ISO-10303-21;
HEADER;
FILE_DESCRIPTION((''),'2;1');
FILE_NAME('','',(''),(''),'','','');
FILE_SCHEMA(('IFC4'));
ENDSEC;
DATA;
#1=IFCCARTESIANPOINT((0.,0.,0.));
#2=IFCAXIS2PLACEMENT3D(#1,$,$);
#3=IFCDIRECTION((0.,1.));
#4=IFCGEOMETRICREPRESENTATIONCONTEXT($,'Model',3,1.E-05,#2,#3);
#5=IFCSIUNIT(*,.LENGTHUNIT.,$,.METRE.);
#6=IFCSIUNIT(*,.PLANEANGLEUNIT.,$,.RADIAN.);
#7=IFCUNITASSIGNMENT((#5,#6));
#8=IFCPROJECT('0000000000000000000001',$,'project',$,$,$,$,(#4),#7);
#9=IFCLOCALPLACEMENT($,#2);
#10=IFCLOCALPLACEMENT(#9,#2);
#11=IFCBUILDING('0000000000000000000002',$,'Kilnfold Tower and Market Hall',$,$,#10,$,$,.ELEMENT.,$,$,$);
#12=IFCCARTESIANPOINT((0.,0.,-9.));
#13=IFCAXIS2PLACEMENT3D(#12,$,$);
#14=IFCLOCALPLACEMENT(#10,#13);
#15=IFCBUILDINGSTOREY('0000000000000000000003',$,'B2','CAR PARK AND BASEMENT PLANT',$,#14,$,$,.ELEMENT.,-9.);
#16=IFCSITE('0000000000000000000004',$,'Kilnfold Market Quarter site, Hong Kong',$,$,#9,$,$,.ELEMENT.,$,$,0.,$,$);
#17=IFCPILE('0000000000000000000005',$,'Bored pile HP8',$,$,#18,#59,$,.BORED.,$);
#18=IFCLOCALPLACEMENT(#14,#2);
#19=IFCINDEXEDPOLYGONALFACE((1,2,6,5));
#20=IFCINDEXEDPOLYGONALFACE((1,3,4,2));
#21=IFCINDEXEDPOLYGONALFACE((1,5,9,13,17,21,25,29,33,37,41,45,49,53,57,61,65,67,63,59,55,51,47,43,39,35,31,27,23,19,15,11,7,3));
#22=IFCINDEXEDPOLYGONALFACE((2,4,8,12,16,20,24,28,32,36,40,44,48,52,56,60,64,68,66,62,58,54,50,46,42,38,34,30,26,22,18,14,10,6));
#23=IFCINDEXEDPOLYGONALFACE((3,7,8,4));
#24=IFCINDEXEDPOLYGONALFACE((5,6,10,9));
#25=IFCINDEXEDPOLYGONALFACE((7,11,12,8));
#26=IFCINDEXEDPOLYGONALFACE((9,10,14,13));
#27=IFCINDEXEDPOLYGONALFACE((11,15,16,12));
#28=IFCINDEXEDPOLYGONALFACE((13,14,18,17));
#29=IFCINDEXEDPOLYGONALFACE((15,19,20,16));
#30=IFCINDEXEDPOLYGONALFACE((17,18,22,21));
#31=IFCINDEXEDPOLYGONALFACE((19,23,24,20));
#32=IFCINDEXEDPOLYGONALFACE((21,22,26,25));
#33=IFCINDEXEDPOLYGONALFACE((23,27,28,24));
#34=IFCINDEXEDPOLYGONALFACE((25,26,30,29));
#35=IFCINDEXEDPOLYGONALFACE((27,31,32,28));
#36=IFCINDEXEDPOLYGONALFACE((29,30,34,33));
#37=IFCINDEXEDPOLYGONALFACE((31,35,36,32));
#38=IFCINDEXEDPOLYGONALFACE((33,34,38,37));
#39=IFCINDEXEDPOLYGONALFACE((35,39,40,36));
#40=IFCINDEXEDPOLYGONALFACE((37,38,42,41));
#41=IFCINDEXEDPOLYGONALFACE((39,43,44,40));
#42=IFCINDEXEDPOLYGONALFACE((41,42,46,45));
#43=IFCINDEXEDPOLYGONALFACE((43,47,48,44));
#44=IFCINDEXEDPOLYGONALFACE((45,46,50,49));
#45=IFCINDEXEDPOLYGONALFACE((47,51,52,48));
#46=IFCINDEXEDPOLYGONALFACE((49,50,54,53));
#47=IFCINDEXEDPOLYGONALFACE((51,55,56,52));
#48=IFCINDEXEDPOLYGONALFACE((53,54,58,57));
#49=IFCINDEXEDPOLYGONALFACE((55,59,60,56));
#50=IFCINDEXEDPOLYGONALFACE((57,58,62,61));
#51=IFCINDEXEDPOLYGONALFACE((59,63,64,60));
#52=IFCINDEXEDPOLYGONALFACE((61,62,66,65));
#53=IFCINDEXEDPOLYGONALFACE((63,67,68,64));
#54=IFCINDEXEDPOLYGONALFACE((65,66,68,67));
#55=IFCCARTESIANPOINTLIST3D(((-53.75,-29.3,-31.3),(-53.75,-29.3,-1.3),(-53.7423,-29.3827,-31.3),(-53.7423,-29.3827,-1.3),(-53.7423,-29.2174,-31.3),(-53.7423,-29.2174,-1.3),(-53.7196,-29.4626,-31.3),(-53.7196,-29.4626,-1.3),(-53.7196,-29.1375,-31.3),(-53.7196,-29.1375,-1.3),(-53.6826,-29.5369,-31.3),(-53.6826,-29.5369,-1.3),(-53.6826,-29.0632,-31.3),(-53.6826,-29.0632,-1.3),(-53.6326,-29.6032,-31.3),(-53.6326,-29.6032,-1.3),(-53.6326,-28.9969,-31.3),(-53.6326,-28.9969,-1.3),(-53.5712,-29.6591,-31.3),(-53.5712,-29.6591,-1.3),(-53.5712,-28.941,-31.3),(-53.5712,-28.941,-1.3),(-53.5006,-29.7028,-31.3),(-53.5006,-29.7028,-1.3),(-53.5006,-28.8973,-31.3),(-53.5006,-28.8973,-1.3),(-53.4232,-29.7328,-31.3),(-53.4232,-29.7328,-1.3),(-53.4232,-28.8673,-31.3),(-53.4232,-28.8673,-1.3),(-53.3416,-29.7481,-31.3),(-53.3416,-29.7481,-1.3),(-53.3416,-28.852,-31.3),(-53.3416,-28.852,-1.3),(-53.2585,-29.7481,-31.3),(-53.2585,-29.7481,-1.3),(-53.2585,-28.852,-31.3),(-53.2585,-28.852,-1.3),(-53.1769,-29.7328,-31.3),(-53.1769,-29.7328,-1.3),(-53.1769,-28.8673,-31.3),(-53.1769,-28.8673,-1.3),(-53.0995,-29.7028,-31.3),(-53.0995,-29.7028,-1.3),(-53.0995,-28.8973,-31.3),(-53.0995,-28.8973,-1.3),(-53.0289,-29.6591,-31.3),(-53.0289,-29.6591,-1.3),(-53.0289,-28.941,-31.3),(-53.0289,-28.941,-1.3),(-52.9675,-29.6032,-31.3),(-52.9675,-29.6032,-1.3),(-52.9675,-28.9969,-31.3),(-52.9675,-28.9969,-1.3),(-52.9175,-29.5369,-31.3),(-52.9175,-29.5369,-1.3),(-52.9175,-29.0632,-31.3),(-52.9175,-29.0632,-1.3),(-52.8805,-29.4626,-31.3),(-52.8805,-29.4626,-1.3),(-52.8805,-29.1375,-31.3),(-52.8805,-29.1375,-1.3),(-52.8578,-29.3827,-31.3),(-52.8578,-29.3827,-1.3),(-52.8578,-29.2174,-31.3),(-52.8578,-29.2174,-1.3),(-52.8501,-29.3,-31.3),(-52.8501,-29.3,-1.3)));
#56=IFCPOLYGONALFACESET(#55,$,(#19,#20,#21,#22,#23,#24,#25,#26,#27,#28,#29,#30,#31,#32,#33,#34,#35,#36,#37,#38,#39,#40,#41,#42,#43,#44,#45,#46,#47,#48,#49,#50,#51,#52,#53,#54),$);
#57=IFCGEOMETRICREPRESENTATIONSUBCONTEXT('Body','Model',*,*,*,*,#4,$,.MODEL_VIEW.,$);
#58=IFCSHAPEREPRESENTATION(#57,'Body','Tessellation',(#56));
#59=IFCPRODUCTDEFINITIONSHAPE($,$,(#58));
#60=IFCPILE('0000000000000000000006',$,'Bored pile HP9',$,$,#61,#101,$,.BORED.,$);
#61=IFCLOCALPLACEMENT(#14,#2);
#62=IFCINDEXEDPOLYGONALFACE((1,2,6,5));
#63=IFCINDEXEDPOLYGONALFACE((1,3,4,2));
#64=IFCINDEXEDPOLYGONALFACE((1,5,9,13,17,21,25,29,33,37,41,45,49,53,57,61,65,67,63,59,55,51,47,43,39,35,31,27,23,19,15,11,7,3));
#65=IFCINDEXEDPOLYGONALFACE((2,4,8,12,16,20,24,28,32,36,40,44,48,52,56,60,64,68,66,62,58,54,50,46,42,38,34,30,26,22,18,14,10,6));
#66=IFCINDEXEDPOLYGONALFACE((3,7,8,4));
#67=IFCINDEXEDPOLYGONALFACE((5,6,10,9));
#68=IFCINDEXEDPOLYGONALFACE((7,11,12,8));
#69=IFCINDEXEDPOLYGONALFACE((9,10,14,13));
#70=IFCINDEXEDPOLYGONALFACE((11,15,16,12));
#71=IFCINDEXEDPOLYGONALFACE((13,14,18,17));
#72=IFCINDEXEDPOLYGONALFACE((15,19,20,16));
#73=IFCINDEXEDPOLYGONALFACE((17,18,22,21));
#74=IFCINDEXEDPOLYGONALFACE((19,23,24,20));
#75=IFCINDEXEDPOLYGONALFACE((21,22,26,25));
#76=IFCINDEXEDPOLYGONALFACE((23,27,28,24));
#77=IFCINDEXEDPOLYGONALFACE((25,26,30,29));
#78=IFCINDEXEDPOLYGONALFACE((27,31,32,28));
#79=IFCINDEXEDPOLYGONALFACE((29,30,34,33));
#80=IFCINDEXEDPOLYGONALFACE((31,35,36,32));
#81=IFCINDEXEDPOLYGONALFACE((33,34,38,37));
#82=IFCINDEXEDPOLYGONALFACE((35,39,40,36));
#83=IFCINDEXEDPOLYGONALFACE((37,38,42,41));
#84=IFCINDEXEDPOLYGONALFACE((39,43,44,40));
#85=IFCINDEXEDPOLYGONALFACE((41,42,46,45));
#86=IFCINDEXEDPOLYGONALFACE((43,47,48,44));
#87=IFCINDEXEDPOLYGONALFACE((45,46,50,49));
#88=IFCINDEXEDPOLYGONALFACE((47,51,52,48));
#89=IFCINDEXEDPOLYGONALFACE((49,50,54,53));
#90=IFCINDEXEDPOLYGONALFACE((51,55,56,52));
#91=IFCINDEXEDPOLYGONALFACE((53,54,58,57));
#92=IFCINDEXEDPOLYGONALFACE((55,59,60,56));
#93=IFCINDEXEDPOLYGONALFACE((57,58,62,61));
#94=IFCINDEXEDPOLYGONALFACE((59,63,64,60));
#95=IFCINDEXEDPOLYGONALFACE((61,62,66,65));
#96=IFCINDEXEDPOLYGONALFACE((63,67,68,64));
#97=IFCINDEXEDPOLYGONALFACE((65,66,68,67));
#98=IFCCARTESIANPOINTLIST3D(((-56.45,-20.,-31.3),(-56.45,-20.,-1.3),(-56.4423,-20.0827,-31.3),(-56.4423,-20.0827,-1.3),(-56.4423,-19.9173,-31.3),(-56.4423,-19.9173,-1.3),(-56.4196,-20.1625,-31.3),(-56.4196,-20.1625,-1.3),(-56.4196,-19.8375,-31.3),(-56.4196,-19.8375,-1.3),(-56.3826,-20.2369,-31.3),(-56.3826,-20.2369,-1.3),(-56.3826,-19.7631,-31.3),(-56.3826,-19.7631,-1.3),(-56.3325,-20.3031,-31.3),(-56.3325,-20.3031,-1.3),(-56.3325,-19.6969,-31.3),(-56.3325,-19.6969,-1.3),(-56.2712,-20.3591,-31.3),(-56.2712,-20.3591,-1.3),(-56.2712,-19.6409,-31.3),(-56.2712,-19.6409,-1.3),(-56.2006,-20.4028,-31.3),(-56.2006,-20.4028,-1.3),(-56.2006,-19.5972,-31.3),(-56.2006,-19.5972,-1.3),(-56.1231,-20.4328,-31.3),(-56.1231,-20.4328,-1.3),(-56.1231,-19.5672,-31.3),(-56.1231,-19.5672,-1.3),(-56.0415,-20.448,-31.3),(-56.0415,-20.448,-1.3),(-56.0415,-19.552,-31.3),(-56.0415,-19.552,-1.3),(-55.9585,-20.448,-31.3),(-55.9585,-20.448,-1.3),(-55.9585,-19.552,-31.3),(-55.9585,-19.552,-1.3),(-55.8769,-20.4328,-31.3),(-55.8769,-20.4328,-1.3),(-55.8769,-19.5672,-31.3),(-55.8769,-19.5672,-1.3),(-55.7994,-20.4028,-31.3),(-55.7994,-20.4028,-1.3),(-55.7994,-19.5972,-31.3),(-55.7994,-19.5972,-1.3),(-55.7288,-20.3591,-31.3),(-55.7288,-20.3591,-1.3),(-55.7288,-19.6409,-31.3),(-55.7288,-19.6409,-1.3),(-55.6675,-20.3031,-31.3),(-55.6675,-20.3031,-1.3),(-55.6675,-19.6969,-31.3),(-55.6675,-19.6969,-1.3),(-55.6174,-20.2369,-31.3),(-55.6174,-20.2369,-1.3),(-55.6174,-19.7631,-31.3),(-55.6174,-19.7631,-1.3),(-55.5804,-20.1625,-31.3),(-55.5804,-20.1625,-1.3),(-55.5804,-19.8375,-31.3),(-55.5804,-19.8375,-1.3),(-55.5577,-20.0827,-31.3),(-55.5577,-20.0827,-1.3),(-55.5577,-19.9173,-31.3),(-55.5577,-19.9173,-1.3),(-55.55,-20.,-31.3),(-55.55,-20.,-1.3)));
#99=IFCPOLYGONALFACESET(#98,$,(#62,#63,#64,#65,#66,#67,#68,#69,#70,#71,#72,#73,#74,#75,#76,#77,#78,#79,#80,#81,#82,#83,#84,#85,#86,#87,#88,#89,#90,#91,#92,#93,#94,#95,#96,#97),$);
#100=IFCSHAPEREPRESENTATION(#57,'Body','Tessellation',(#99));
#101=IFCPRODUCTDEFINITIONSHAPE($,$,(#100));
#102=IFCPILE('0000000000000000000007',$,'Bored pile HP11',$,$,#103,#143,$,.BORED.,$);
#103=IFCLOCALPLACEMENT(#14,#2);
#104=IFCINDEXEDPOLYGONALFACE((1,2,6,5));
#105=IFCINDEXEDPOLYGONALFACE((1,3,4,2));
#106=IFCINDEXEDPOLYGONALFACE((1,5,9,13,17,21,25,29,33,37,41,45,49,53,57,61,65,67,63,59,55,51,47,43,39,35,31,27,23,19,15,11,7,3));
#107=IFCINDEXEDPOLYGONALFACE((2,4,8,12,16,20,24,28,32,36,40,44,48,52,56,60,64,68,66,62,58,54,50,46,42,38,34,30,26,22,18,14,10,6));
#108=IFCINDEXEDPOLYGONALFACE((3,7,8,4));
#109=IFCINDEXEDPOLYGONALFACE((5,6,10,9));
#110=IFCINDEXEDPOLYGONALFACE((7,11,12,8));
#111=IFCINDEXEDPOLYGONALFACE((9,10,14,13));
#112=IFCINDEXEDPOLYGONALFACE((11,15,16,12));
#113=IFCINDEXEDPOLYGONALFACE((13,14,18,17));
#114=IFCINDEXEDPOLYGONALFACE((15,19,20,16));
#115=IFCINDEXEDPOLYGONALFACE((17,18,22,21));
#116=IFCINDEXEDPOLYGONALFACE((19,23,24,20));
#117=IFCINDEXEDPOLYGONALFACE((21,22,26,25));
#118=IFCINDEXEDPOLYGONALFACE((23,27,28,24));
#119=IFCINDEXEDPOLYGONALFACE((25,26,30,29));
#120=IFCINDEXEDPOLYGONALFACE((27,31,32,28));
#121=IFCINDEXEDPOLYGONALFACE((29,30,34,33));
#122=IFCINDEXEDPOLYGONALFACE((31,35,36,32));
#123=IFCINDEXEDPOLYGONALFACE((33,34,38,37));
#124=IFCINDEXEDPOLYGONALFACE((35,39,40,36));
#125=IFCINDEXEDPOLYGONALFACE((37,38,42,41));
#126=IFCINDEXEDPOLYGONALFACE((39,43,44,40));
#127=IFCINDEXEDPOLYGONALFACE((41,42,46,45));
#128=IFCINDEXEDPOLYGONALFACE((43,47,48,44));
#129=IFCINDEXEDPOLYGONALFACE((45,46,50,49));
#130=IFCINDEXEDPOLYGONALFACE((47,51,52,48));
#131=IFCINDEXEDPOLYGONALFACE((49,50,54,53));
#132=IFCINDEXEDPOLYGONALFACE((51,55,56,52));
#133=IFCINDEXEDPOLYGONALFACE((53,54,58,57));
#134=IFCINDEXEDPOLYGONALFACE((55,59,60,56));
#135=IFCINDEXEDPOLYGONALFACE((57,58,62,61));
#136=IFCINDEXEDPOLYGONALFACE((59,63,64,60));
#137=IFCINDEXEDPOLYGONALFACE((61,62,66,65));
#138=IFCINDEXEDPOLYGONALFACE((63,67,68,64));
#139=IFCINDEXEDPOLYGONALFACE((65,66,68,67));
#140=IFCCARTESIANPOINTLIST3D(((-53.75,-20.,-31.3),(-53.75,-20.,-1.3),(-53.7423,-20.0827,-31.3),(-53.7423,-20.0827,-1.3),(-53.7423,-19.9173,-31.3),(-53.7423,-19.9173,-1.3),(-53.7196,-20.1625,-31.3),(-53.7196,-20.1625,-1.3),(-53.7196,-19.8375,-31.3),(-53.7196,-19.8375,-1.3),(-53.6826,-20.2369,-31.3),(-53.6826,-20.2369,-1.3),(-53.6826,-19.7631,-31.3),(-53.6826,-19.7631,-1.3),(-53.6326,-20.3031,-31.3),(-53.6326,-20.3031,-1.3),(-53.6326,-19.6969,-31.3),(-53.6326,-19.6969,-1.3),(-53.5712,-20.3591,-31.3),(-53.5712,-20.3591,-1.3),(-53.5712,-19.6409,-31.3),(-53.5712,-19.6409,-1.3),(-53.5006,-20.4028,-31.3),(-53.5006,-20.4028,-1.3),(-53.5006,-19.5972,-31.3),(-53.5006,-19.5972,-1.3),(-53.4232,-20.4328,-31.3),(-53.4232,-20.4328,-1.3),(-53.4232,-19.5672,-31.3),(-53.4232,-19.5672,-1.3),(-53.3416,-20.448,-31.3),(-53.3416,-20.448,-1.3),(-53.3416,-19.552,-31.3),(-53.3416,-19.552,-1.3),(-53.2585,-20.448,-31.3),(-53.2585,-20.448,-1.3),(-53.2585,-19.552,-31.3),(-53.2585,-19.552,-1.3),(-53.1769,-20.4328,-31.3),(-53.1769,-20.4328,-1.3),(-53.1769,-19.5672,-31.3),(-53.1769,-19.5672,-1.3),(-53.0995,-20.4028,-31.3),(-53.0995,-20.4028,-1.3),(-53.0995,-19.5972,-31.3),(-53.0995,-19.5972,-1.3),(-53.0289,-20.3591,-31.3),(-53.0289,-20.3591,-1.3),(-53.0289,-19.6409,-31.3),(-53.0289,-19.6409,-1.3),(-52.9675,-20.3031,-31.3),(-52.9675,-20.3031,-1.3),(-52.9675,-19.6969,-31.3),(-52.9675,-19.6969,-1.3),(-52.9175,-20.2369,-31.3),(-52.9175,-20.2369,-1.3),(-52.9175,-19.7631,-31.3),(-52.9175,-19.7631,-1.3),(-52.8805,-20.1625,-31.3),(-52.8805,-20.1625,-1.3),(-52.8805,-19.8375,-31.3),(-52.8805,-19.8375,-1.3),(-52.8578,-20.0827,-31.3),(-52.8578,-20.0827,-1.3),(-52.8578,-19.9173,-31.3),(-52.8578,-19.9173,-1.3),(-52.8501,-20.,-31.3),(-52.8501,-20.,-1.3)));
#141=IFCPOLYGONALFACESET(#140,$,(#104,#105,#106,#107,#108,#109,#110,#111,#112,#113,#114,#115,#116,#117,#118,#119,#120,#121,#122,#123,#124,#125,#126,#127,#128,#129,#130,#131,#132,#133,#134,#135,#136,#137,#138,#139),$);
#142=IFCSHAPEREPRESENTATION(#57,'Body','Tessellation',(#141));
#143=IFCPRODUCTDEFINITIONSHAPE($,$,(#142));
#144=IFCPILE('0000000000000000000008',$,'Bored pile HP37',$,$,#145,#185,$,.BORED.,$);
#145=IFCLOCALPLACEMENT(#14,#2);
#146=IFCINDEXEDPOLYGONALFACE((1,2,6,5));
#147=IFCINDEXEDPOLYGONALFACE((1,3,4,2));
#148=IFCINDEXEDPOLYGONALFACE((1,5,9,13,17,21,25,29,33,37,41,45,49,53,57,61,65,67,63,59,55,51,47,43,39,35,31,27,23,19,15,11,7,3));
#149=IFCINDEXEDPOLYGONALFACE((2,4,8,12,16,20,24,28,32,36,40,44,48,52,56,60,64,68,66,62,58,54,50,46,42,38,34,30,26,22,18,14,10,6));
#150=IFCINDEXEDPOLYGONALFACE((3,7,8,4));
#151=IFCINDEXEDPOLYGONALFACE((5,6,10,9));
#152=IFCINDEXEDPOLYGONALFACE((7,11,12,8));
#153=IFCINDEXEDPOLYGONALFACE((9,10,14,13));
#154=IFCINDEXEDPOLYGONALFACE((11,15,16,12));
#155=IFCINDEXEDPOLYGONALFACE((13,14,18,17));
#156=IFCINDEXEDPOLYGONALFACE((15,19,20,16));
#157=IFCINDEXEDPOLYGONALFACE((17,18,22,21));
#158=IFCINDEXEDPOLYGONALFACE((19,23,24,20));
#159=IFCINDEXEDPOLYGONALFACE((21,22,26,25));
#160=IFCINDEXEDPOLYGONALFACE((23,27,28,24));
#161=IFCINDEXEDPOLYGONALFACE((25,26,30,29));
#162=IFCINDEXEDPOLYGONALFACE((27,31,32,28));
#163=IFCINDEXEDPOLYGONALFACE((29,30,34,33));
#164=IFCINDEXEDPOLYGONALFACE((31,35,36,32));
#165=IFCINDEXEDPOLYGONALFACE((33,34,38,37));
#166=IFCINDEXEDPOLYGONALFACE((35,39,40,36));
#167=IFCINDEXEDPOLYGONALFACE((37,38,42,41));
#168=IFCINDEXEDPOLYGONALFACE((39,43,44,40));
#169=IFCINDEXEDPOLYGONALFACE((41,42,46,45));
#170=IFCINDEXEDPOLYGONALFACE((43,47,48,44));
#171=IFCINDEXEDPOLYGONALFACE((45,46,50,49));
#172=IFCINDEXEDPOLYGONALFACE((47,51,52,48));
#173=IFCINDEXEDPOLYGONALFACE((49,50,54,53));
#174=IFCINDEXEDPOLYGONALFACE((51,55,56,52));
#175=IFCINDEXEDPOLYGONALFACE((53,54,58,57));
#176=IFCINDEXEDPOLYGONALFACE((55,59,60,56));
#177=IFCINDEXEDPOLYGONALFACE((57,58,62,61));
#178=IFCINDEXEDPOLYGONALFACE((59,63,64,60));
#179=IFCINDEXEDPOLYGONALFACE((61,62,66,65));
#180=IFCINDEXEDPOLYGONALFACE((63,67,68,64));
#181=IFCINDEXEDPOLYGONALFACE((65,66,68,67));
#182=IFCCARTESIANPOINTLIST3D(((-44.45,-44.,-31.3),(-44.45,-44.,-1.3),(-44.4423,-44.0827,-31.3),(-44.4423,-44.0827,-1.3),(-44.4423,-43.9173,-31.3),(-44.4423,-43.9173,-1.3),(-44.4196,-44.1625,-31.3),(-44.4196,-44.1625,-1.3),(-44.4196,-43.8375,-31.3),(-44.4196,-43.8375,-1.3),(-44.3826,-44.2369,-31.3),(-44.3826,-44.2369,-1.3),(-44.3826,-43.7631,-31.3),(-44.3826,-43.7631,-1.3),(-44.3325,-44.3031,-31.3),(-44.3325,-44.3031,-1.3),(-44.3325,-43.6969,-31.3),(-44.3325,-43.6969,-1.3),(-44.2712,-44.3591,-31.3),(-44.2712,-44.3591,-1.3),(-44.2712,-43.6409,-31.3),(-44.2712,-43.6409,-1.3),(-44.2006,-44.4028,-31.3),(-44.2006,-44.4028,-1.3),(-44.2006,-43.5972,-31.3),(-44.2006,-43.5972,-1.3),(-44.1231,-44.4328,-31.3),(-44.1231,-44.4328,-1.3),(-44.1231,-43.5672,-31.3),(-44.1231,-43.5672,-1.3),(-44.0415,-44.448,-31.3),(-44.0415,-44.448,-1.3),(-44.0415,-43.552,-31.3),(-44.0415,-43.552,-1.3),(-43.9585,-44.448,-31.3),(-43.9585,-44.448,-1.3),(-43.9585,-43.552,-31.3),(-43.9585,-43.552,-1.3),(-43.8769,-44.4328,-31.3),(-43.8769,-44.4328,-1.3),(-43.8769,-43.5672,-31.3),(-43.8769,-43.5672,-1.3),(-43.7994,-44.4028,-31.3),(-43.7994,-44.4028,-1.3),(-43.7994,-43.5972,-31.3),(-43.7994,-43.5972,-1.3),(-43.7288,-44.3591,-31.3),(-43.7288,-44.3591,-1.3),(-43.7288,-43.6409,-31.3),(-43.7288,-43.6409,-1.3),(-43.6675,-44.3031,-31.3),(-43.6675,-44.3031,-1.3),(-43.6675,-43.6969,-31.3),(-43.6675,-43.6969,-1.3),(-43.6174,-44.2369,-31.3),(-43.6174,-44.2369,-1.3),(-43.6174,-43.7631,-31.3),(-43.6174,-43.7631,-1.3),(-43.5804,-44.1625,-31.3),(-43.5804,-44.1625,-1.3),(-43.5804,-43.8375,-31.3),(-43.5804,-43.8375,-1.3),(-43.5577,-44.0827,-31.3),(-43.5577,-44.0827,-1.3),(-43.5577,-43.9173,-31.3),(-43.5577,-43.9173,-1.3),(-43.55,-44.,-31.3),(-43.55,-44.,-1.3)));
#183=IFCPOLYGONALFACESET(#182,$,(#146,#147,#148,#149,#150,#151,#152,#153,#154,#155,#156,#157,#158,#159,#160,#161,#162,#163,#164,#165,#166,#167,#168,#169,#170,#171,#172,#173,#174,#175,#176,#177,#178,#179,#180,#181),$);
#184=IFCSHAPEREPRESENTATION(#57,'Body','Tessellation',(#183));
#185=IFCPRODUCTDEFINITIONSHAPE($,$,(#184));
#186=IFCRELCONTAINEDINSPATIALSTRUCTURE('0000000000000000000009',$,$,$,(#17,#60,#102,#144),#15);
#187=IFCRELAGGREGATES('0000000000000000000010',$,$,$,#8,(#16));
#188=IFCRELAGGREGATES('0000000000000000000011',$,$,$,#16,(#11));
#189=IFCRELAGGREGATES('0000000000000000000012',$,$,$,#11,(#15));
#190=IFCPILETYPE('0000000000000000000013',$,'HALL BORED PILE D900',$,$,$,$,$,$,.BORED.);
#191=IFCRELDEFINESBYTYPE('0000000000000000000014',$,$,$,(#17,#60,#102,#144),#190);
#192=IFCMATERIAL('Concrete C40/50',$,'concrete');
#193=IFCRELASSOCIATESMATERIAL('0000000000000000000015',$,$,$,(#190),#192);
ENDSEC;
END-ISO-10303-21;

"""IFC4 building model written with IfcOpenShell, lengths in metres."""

from ifc_helpers import new_model, si_unit, direction, frame, origin, origin_2d, place, context, subcontext, project, spatial, circle, extrude, source, transform, mapped, material, material_profile, profile_set, type_object, element, save


model = new_model("IFC4")

# Units and contexts
model_context = context("Model", 3, precision=1e-05, world=origin(), true_north=direction((0.0, 1.0)))
body_context = subcontext(model_context, "Body", "Model", "MODEL_VIEW")
ifc_project = project(units=[si_unit("LENGTHUNIT", "METRE"), si_unit("PLANEANGLEUNIT", "RADIAN")], contexts=[model_context])

# Site, building, storey
site_placement = place(None, origin())
site = spatial("IfcSite", under=ifc_project, at=site_placement, Name="Kilnfold Market Quarter site, Hong Kong", CompositionType="ELEMENT", RefElevation=0.0)
building_placement = place(site_placement, origin())
building = spatial("IfcBuilding", under=site, at=building_placement, Name="Kilnfold Tower and Market Hall", CompositionType="ELEMENT")
storey_placement = place(building_placement, frame((0.0, 0.0, -9.0)))
storey = spatial("IfcBuildingStorey", under=building, at=storey_placement, Name="B2", Description="CAR PARK AND BASEMENT PLANT", CompositionType="ELEMENT", Elevation=-9.0)

# Piles
ifc_material_1 = material(Name="Concrete C40/50", Category="concrete")
ifc_material_profile_1 = material_profile(ifc_material_1, circle(Radius=0.45, at=origin_2d()), Name="D900")
ifc_profile_set_1 = profile_set([ifc_material_profile_1], Name="Concrete C40/50")
pile_type = type_object("IfcPileType", Name="HALL BORED PILE D900", PredefinedType="BORED", material=ifc_profile_set_1)
shared_shape_1 = source(origin(), body_context, "Body", "SweptSolid", [
    extrude(circle(Radius=0.45, at=origin_2d()), origin(), (0.0, 0.0, 1.0), 30.0),
])
for number, where, z_axis, x_axis, name in (
    (1, (-53.3, -29.3, -1.3), (0.0, 0.0, -1.0), (1.0, 0.0, 0.0), "Bored pile HP8"),
    (2, (-56.0, -20.0, -1.3), (0.0, 0.0, -1.0), (1.0, 0.0, 0.0), "Bored pile HP9"),
    (3, (-53.3, -20.0, -1.3), (0.0, 0.0, -1.0), (1.0, 0.0, 0.0), "Bored pile HP11"),
    (4, (-44.0, -44.0, -1.3), (0.0, 0.0, -1.0), (1.0, 0.0, 0.0), "Bored pile HP37"),
):
    element("IfcPile", number, at=place(storey_placement, frame(where, z_axis=z_axis, x_axis=x_axis)), inside=storey, type_object=pile_type, Name=name, PredefinedType="BORED", context=body_context, shape_type="MappedRepresentation", body=[
        mapped(shared_shape_1, transform((0.0, 0.0, 0.0))),
    ])

save(model, "model.ifc")
